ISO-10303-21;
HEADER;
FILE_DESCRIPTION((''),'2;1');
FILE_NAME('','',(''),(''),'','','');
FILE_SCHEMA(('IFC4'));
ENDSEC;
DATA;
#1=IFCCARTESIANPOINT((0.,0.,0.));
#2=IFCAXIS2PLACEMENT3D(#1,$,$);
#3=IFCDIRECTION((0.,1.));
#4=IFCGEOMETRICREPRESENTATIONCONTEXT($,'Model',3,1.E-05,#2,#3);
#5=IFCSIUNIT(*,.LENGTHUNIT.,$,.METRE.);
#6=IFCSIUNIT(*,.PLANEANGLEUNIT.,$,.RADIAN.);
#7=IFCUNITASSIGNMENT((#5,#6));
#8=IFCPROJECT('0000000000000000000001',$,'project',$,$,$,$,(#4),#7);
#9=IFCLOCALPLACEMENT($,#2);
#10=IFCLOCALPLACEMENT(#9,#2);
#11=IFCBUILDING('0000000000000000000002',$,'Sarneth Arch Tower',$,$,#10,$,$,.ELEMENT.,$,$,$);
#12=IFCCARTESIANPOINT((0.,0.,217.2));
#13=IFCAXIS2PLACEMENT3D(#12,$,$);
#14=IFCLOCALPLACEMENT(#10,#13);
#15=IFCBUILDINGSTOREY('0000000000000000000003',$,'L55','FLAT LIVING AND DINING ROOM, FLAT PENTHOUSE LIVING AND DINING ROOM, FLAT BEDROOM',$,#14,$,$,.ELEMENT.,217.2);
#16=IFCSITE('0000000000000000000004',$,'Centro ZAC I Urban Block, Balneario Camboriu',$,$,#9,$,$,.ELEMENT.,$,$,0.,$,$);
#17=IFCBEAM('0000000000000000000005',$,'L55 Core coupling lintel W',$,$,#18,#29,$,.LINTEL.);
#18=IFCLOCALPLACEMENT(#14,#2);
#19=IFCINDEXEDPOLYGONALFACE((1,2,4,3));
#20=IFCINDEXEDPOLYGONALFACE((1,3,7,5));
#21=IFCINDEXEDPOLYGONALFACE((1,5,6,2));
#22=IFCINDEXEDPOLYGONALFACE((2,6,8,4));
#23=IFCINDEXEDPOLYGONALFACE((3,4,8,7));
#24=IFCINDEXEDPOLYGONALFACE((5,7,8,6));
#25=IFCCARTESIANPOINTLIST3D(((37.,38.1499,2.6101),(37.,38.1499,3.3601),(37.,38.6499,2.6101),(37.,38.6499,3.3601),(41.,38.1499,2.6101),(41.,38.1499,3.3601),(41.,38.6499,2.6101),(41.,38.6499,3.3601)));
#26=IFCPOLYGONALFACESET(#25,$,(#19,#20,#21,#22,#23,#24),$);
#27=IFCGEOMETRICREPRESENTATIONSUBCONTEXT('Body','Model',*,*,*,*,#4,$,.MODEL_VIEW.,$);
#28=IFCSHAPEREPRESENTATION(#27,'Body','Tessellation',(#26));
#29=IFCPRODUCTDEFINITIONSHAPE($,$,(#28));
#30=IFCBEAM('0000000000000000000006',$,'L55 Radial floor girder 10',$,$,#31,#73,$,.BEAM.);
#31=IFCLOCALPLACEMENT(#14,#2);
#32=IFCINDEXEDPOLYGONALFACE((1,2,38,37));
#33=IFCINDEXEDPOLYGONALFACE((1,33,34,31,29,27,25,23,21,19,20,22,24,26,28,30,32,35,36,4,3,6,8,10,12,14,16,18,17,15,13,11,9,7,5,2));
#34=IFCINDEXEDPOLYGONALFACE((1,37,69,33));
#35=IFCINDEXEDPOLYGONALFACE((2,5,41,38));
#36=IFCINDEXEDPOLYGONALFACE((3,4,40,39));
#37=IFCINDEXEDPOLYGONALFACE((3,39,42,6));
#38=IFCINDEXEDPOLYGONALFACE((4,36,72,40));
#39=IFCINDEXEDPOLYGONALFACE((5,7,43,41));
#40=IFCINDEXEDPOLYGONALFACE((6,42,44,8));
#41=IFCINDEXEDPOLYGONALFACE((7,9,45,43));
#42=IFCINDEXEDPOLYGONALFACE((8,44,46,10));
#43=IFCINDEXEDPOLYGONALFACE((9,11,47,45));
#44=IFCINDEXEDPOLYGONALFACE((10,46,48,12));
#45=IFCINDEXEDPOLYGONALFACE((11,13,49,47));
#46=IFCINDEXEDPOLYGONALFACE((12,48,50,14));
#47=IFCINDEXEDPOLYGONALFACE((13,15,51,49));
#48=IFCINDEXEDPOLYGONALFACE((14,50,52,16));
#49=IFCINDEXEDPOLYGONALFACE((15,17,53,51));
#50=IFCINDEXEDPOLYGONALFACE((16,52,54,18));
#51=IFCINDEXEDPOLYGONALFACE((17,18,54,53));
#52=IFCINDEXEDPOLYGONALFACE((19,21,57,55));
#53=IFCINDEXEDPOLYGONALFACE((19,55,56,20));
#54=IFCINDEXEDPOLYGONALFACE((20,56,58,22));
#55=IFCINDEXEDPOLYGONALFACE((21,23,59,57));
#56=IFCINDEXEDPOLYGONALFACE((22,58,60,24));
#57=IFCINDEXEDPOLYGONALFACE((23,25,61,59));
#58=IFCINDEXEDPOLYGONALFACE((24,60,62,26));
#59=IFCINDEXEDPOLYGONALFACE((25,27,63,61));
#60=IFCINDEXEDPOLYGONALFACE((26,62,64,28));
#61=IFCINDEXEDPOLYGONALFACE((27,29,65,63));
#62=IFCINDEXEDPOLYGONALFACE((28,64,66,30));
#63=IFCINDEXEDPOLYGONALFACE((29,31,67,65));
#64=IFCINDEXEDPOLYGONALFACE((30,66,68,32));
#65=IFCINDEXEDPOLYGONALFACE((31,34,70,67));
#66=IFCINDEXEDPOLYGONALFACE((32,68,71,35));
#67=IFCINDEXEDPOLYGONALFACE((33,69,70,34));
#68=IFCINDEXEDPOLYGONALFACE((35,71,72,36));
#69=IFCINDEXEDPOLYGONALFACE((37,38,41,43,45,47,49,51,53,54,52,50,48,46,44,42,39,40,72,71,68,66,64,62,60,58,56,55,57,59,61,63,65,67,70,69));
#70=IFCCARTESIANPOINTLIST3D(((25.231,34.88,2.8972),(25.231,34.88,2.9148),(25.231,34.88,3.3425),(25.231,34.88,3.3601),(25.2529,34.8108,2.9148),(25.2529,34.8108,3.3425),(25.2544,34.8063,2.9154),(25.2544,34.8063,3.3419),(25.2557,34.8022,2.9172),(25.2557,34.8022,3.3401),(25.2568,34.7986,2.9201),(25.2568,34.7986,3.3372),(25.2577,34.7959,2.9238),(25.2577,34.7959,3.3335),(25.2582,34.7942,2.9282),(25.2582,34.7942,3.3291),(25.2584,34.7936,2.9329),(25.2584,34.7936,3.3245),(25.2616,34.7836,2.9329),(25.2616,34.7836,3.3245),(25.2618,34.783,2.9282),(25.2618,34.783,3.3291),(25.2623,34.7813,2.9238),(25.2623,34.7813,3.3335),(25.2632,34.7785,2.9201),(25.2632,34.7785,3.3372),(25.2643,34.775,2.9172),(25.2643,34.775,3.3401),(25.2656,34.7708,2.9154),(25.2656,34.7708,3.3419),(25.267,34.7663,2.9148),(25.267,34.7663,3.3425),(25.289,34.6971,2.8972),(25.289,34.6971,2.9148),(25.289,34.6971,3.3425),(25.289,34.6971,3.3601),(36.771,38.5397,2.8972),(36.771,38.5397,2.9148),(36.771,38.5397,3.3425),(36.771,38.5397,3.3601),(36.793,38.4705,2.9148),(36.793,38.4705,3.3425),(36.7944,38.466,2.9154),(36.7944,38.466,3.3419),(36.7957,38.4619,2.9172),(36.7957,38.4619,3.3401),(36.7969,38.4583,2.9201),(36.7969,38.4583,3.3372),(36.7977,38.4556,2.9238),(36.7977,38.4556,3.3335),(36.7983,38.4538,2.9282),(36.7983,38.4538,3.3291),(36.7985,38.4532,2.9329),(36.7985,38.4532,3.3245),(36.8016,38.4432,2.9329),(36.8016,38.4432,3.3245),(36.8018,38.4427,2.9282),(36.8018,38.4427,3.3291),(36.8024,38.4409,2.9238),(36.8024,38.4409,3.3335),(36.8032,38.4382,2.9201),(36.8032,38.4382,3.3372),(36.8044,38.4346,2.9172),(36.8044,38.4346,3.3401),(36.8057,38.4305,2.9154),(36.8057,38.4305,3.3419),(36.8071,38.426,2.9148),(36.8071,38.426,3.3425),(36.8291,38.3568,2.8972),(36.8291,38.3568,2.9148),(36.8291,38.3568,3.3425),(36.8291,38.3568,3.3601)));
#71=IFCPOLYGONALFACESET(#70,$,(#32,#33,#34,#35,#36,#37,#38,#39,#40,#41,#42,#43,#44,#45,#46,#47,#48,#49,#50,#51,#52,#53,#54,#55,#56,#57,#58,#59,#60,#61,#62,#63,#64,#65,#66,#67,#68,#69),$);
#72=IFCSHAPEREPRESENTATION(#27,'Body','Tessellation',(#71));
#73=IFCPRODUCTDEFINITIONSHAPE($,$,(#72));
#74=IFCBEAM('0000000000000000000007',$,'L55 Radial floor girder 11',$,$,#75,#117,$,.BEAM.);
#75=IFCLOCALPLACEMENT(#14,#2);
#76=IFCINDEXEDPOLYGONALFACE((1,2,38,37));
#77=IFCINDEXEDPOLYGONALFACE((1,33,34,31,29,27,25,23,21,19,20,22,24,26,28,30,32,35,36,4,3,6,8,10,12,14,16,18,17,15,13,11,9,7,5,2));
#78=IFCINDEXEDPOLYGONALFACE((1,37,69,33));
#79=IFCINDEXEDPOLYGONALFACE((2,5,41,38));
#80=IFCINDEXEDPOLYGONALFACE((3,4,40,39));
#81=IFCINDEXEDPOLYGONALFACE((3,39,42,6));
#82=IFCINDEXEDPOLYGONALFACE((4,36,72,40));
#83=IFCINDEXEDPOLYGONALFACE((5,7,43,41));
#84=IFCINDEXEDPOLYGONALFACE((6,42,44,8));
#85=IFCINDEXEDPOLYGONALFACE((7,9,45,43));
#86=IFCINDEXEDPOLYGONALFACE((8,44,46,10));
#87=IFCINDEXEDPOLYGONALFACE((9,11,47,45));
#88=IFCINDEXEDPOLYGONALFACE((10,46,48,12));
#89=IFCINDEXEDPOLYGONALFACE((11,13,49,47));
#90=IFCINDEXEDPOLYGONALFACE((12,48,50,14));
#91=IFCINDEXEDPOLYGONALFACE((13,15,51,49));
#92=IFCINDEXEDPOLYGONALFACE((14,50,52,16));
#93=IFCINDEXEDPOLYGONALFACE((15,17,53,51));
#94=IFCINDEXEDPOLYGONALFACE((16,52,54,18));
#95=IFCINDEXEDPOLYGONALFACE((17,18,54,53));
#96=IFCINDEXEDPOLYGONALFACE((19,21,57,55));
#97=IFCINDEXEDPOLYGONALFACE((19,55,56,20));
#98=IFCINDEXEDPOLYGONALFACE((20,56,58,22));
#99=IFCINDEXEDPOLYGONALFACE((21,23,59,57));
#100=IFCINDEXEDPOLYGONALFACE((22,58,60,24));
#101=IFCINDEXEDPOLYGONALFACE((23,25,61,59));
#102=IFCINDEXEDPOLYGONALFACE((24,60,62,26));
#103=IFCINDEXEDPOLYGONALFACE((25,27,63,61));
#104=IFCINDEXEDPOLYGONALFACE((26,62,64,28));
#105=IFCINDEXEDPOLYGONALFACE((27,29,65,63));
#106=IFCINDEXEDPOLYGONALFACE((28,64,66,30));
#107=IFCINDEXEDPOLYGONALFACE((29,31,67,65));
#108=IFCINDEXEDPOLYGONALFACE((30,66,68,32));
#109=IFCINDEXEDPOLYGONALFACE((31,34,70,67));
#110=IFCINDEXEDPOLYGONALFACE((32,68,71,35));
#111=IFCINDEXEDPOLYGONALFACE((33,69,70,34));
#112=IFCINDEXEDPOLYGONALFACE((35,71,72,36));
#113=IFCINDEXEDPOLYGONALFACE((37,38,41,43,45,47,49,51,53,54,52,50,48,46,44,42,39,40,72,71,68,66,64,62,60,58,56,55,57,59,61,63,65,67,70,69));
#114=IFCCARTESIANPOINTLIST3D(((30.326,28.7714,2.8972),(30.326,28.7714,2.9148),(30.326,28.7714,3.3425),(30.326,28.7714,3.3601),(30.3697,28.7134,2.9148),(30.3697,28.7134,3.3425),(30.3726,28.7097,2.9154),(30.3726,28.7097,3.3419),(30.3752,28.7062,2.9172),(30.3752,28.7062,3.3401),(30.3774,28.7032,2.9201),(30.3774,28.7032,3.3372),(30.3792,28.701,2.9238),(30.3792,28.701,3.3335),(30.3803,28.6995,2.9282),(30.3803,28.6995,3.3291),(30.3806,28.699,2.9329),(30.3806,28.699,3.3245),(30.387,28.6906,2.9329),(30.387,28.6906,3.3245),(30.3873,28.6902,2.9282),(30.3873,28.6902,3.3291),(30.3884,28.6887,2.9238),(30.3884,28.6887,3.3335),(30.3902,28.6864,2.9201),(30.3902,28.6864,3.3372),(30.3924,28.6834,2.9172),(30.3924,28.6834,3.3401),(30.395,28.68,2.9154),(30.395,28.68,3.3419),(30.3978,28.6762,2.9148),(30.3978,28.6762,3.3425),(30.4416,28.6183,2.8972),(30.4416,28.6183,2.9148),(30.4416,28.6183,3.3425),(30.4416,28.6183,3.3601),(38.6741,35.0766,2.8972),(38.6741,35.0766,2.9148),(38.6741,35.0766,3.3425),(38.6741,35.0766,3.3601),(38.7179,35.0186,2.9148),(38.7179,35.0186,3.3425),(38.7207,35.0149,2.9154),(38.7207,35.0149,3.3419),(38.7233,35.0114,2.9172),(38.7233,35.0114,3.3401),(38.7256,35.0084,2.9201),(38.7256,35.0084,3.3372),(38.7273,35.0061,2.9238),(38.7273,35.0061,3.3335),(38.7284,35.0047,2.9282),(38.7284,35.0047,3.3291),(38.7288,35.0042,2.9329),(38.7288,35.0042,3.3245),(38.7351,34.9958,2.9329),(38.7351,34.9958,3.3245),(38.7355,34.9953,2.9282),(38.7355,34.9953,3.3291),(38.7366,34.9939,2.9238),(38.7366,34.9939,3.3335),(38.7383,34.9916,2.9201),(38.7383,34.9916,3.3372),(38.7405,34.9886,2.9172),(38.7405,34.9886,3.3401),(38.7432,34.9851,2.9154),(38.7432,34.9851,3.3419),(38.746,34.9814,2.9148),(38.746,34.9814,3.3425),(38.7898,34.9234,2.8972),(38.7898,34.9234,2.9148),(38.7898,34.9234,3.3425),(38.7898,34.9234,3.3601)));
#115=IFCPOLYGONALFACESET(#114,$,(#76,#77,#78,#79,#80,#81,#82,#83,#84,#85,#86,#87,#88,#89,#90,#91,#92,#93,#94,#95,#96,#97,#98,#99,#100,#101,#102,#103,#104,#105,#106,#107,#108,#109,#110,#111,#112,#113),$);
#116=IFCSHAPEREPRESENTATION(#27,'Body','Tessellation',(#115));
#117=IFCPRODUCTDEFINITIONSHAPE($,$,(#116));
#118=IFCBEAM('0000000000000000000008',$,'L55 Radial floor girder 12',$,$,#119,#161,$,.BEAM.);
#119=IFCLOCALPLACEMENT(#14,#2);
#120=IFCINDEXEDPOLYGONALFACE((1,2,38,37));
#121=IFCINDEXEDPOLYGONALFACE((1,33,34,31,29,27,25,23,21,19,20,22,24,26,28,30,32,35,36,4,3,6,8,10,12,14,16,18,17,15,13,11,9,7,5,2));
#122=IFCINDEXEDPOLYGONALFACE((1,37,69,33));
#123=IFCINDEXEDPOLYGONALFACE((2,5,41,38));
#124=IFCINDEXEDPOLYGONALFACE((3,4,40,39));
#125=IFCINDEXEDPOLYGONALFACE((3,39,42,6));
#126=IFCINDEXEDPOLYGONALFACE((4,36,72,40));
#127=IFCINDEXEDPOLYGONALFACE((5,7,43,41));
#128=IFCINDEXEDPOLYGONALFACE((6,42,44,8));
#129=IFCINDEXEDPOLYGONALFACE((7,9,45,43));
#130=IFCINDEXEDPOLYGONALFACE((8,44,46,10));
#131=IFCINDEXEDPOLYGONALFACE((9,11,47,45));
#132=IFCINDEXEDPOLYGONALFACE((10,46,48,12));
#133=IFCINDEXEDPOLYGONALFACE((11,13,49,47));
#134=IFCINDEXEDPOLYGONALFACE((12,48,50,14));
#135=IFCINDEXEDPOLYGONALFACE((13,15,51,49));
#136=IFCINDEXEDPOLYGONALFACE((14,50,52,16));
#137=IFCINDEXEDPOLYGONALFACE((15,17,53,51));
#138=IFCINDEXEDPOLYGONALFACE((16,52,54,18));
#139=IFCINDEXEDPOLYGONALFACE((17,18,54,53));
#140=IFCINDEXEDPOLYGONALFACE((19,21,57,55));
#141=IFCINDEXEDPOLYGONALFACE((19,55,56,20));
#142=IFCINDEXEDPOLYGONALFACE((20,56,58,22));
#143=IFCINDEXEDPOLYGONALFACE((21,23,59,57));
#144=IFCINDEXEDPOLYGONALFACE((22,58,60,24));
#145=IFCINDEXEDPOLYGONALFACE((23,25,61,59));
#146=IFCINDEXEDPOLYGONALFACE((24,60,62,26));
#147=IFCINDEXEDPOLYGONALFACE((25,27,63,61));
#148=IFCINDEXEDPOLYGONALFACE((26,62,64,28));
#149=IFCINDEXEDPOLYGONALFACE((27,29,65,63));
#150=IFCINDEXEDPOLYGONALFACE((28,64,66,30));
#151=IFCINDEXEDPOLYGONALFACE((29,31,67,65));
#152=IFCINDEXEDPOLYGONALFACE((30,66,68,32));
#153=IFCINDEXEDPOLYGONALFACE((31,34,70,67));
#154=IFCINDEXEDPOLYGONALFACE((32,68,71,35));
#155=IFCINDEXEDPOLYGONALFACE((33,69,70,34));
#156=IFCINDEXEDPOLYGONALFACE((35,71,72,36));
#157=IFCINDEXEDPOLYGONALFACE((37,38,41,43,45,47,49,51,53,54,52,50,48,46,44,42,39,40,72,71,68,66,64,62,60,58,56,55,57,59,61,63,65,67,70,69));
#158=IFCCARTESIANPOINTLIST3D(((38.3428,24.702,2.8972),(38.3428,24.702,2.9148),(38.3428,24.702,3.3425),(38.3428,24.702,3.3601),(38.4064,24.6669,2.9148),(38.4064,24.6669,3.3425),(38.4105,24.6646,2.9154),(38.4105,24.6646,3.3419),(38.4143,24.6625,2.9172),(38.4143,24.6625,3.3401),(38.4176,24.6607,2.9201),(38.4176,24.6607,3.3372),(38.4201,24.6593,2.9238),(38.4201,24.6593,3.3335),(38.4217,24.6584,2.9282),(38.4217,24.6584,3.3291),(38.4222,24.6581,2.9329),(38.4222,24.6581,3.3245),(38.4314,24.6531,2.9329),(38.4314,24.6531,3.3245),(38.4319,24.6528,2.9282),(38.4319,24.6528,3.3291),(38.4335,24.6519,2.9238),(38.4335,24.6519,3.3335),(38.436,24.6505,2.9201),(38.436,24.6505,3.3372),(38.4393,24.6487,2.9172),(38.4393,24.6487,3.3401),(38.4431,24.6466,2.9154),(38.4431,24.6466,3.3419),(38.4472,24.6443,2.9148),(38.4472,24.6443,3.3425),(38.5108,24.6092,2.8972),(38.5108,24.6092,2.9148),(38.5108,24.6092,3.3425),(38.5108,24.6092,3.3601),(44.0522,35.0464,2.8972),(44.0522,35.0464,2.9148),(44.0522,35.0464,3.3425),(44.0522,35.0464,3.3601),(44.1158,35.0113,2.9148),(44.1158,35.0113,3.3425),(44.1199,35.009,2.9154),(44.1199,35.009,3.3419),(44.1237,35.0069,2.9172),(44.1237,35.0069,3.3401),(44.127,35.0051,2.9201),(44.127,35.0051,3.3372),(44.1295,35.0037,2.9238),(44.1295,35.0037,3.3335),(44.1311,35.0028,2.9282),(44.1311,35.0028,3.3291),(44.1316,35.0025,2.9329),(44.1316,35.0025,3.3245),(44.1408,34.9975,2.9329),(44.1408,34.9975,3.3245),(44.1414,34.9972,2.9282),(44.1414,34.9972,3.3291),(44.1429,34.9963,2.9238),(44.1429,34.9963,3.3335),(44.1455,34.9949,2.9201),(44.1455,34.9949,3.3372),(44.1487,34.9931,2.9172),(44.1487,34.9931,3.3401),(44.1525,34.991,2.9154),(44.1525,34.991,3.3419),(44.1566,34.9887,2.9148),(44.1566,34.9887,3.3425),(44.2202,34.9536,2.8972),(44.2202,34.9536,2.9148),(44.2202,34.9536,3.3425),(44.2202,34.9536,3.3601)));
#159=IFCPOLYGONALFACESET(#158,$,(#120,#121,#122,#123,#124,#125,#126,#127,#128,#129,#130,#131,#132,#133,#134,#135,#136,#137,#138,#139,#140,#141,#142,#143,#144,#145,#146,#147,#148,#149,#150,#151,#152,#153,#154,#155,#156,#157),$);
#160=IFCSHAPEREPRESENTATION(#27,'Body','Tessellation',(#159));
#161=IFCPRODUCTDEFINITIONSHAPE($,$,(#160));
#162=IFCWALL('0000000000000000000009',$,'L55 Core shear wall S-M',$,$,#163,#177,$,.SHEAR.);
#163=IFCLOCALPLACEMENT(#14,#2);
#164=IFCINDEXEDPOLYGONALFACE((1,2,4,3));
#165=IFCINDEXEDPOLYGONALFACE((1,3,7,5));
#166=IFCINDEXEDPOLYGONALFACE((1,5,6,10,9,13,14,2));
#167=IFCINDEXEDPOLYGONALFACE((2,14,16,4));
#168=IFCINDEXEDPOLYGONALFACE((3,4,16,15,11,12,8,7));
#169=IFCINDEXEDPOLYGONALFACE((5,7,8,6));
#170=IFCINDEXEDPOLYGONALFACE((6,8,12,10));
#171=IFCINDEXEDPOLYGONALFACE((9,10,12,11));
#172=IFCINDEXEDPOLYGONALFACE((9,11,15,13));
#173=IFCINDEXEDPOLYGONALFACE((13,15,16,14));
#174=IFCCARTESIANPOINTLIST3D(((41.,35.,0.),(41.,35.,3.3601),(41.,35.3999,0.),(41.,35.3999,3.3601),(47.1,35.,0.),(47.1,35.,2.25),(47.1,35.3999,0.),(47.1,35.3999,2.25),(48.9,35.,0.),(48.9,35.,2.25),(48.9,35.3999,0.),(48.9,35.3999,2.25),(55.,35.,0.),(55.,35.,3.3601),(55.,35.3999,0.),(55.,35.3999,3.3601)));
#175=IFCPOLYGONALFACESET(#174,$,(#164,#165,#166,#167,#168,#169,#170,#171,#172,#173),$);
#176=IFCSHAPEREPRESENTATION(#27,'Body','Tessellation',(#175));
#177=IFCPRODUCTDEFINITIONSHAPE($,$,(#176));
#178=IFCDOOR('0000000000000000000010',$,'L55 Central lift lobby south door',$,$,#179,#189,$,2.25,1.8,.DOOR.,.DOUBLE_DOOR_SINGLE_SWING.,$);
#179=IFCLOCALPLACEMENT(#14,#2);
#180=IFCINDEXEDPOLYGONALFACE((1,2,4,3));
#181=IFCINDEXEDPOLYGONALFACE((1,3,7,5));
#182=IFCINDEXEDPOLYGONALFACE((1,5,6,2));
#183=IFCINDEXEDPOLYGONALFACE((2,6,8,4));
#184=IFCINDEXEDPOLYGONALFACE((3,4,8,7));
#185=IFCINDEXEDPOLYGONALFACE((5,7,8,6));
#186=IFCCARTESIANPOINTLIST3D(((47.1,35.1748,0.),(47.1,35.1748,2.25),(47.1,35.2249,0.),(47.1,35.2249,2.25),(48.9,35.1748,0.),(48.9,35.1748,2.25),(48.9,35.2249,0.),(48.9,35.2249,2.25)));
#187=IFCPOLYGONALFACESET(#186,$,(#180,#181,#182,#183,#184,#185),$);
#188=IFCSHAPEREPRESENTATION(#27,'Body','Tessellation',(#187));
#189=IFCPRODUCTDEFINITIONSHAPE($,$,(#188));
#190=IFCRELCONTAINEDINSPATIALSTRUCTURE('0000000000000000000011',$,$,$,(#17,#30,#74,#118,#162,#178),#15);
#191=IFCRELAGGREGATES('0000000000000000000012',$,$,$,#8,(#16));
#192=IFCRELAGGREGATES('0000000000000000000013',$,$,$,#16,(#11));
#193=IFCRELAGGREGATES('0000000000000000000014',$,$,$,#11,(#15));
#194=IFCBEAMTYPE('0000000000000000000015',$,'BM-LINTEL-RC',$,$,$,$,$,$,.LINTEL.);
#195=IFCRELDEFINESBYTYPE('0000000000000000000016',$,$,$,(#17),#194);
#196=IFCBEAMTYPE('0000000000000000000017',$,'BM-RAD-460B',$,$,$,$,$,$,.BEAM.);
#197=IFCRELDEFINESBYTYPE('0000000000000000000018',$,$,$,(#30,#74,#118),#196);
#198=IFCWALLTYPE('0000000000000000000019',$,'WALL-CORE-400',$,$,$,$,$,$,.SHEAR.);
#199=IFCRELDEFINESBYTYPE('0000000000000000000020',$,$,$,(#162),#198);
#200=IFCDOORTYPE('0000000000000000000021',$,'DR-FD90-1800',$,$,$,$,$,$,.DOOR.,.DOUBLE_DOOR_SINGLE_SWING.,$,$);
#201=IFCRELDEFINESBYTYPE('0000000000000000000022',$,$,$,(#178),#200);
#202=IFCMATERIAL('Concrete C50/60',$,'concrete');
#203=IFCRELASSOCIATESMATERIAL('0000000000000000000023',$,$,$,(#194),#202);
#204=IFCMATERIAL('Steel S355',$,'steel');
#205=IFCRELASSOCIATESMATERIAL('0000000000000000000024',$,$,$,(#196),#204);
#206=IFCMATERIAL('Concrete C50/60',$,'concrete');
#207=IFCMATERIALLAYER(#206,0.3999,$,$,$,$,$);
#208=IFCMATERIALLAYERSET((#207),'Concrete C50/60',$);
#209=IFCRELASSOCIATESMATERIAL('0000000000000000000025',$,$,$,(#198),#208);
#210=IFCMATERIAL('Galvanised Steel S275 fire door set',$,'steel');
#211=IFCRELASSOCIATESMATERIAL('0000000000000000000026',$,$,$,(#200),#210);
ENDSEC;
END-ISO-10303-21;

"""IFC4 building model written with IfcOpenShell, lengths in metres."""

from ifc_helpers import new_model, si_unit, direction, frame, frame_2d, origin, origin_2d, place, context, subcontext, project, spatial, rectangle, i_section, extrude, material, layer, layer_set, material_profile, profile_set, type_object, element, fill, save


model = new_model("IFC4")

# Units and contexts
model_context = context("Model", 3, precision=1e-05, world=origin(), true_north=direction((0.0, 1.0)))
body_context = subcontext(model_context, "Body", "Model", "MODEL_VIEW")
ifc_project = project(units=[si_unit("LENGTHUNIT", "METRE"), si_unit("PLANEANGLEUNIT", "RADIAN")], contexts=[model_context])

# Site, building, storey
site_placement = place(None, origin())
site = spatial("IfcSite", under=ifc_project, at=site_placement, Name="Centro ZAC I Urban Block, Balneario Camboriu", CompositionType="ELEMENT", RefElevation=0.0)
building_placement = place(site_placement, origin())
building = spatial("IfcBuilding", under=site, at=building_placement, Name="Sarneth Arch Tower", CompositionType="ELEMENT")
storey_placement = place(building_placement, frame((0.0, 0.0, 217.2)))
storey = spatial("IfcBuildingStorey", under=building, at=storey_placement, Name="L55", Description="FLAT LIVING AND DINING ROOM, FLAT PENTHOUSE LIVING AND DINING ROOM, FLAT BEDROOM", CompositionType="ELEMENT", Elevation=217.2)

# Beams
ifc_material_1 = material(Name="Concrete C50/60", Category="concrete")
ifc_material_profile_1 = material_profile(ifc_material_1, rectangle(XDim=0.5, YDim=0.75, at=origin_2d()), Name="RC-500x750")
ifc_profile_set_1 = profile_set([ifc_material_profile_1], Name="Concrete C50/60")
beam_type_1 = type_object("IfcBeamType", Name="BM-LINTEL-RC", PredefinedType="LINTEL", material=ifc_profile_set_1)
beam_1_placement = place(storey_placement, frame((37.0, 38.3999, 2.9851), z_axis=(1.0, 0.0, 0.0), x_axis=(0.0, 1.0, 0.0)))
element("IfcBeam", 1, at=beam_1_placement, inside=storey, type_object=beam_type_1, Name="L55 Core coupling lintel W", PredefinedType="LINTEL", context=body_context, shape_type="SweptSolid", body=[
    extrude(rectangle(XDim=0.5, YDim=0.75, at=origin_2d()), origin(), (0.0, 0.0, 1.0), 4.0),
])
ifc_material_2 = material(Name="Steel S355", Category="steel")
ifc_material_profile_2 = material_profile(ifc_material_2, i_section(OverallWidth=0.1919, OverallDepth=0.4629, WebThickness=0.0105, FlangeThickness=0.0176, FilletRadius=0.0181, at=origin_2d()), Name="W460x89")
ifc_profile_set_2 = profile_set([ifc_material_profile_2], Name="Steel S355")
beam_type_2 = type_object("IfcBeamType", Name="BM-RAD-460B", PredefinedType="BEAM", material=ifc_profile_set_2)
beam_2_placement = place(storey_placement, frame((36.8, 38.4482, 3.1287), z_axis=(-0.953216, -0.302291, 0.0), x_axis=(0.302291, -0.953216, 0.0)))
element("IfcBeam", 2, at=beam_2_placement, inside=storey, type_object=beam_type_2, Name="L55 Radial floor girder 10", PredefinedType="BEAM", context=body_context, shape_type="SweptSolid", body=[
    extrude(i_section(OverallWidth=0.1919, OverallDepth=0.4629, WebThickness=0.0105, FlangeThickness=0.0176, FilletRadius=0.0181, at=origin_2d()), origin(), (0.0, 0.0, 1.0), 12.1064),
])
beam_3_placement = place(storey_placement, frame((38.7319, 35.0, 3.1287), z_axis=(-0.797974, -0.602692, 0.0), x_axis=(0.602692, -0.797974, 0.0)))
element("IfcBeam", 3, at=beam_3_placement, inside=storey, type_object=beam_type_2, Name="L55 Radial floor girder 11", PredefinedType="BEAM", context=body_context, shape_type="SweptSolid", body=[
    extrude(i_section(OverallWidth=0.1919, OverallDepth=0.4629, WebThickness=0.0105, FlangeThickness=0.0176, FilletRadius=0.0181, at=origin_2d()), origin(), (0.0, 0.0, 1.0), 10.4617),
])
beam_4_placement = place(storey_placement, frame((44.1362, 35.0, 3.1287), z_axis=(-0.483218, -0.8755, 0.0), x_axis=(0.8755, -0.483218, 0.0)))
element("IfcBeam", 4, at=beam_4_placement, inside=storey, type_object=beam_type_2, Name="L55 Radial floor girder 12", PredefinedType="BEAM", context=body_context, shape_type="SweptSolid", body=[
    extrude(i_section(OverallWidth=0.1919, OverallDepth=0.4629, WebThickness=0.0105, FlangeThickness=0.0176, FilletRadius=0.0181, at=origin_2d()), origin(), (0.0, 0.0, 1.0), 11.8154),
])

# Wall, opening, door
ifc_material_3 = material(Name="Concrete C50/60", Category="concrete")
ifc_layer_1 = layer(ifc_material_3, 0.3999)
ifc_layer_set_1 = layer_set([ifc_layer_1], Name="Concrete C50/60")
wall_type_1 = type_object("IfcWallType", Name="WALL-CORE-400", PredefinedType="SHEAR", material=ifc_layer_set_1)
wall_1_placement = place(storey_placement, frame((41.0, 35.2, 0.0), z_axis=(0.0, 0.0, 1.0), x_axis=(1.0, 0.0, 0.0)))
wall_1 = element("IfcWall", 5, at=wall_1_placement, inside=storey, type_object=wall_type_1, Name="L55 Core shear wall S-M", PredefinedType="SHEAR", context=body_context, shape_type="SweptSolid", body=[
    extrude(rectangle(XDim=14.0, YDim=0.3999, at=frame_2d((7.0, 0.0))), origin(), (0.0, 0.0, 1.0), 3.3601),
])
opening_1_placement = place(wall_1_placement, frame((6.1001, 0.0, 0.0)))
opening_1 = element("IfcOpeningElement", 6, at=opening_1_placement, cuts=wall_1, PredefinedType="OPENING", context=body_context, shape_type="SweptSolid", body=[
    extrude(rectangle(XDim=1.8, YDim=2.25, at=frame_2d((0.8999, 1.125))), frame((0.0, 0.21, 0.0), z_axis=(0.0, -1.0, 0.0), x_axis=(1.0, 0.0, 0.0)), (0.0, 0.0, 1.0), 0.4199),
])
ifc_material_4 = material(Name="Galvanised Steel S275 fire door set", Category="steel")
door_type_1 = type_object("IfcDoorType", Name="DR-FD90-1800", OperationType="DOUBLE_DOOR_SINGLE_SWING", PredefinedType="DOOR", material=ifc_material_4)
door_1_placement = place(opening_1_placement, origin())
door_1 = element("IfcDoor", 7, at=door_1_placement, inside=storey, type_object=door_type_1, Name="L55 Central lift lobby south door", OperationType="DOUBLE_DOOR_SINGLE_SWING", OverallHeight=2.25, OverallWidth=1.8, PredefinedType="DOOR", context=body_context, shape_type="SweptSolid", body=[
    extrude(rectangle(XDim=1.8, YDim=2.25, at=frame_2d((0.8999, 1.125))), frame((0.0, 0.0249, 0.0), z_axis=(0.0, -1.0, 0.0), x_axis=(1.0, 0.0, 0.0)), (0.0, 0.0, 1.0), 0.05),
])
fill(opening_1, door_1)

save(model, "model.ifc")
